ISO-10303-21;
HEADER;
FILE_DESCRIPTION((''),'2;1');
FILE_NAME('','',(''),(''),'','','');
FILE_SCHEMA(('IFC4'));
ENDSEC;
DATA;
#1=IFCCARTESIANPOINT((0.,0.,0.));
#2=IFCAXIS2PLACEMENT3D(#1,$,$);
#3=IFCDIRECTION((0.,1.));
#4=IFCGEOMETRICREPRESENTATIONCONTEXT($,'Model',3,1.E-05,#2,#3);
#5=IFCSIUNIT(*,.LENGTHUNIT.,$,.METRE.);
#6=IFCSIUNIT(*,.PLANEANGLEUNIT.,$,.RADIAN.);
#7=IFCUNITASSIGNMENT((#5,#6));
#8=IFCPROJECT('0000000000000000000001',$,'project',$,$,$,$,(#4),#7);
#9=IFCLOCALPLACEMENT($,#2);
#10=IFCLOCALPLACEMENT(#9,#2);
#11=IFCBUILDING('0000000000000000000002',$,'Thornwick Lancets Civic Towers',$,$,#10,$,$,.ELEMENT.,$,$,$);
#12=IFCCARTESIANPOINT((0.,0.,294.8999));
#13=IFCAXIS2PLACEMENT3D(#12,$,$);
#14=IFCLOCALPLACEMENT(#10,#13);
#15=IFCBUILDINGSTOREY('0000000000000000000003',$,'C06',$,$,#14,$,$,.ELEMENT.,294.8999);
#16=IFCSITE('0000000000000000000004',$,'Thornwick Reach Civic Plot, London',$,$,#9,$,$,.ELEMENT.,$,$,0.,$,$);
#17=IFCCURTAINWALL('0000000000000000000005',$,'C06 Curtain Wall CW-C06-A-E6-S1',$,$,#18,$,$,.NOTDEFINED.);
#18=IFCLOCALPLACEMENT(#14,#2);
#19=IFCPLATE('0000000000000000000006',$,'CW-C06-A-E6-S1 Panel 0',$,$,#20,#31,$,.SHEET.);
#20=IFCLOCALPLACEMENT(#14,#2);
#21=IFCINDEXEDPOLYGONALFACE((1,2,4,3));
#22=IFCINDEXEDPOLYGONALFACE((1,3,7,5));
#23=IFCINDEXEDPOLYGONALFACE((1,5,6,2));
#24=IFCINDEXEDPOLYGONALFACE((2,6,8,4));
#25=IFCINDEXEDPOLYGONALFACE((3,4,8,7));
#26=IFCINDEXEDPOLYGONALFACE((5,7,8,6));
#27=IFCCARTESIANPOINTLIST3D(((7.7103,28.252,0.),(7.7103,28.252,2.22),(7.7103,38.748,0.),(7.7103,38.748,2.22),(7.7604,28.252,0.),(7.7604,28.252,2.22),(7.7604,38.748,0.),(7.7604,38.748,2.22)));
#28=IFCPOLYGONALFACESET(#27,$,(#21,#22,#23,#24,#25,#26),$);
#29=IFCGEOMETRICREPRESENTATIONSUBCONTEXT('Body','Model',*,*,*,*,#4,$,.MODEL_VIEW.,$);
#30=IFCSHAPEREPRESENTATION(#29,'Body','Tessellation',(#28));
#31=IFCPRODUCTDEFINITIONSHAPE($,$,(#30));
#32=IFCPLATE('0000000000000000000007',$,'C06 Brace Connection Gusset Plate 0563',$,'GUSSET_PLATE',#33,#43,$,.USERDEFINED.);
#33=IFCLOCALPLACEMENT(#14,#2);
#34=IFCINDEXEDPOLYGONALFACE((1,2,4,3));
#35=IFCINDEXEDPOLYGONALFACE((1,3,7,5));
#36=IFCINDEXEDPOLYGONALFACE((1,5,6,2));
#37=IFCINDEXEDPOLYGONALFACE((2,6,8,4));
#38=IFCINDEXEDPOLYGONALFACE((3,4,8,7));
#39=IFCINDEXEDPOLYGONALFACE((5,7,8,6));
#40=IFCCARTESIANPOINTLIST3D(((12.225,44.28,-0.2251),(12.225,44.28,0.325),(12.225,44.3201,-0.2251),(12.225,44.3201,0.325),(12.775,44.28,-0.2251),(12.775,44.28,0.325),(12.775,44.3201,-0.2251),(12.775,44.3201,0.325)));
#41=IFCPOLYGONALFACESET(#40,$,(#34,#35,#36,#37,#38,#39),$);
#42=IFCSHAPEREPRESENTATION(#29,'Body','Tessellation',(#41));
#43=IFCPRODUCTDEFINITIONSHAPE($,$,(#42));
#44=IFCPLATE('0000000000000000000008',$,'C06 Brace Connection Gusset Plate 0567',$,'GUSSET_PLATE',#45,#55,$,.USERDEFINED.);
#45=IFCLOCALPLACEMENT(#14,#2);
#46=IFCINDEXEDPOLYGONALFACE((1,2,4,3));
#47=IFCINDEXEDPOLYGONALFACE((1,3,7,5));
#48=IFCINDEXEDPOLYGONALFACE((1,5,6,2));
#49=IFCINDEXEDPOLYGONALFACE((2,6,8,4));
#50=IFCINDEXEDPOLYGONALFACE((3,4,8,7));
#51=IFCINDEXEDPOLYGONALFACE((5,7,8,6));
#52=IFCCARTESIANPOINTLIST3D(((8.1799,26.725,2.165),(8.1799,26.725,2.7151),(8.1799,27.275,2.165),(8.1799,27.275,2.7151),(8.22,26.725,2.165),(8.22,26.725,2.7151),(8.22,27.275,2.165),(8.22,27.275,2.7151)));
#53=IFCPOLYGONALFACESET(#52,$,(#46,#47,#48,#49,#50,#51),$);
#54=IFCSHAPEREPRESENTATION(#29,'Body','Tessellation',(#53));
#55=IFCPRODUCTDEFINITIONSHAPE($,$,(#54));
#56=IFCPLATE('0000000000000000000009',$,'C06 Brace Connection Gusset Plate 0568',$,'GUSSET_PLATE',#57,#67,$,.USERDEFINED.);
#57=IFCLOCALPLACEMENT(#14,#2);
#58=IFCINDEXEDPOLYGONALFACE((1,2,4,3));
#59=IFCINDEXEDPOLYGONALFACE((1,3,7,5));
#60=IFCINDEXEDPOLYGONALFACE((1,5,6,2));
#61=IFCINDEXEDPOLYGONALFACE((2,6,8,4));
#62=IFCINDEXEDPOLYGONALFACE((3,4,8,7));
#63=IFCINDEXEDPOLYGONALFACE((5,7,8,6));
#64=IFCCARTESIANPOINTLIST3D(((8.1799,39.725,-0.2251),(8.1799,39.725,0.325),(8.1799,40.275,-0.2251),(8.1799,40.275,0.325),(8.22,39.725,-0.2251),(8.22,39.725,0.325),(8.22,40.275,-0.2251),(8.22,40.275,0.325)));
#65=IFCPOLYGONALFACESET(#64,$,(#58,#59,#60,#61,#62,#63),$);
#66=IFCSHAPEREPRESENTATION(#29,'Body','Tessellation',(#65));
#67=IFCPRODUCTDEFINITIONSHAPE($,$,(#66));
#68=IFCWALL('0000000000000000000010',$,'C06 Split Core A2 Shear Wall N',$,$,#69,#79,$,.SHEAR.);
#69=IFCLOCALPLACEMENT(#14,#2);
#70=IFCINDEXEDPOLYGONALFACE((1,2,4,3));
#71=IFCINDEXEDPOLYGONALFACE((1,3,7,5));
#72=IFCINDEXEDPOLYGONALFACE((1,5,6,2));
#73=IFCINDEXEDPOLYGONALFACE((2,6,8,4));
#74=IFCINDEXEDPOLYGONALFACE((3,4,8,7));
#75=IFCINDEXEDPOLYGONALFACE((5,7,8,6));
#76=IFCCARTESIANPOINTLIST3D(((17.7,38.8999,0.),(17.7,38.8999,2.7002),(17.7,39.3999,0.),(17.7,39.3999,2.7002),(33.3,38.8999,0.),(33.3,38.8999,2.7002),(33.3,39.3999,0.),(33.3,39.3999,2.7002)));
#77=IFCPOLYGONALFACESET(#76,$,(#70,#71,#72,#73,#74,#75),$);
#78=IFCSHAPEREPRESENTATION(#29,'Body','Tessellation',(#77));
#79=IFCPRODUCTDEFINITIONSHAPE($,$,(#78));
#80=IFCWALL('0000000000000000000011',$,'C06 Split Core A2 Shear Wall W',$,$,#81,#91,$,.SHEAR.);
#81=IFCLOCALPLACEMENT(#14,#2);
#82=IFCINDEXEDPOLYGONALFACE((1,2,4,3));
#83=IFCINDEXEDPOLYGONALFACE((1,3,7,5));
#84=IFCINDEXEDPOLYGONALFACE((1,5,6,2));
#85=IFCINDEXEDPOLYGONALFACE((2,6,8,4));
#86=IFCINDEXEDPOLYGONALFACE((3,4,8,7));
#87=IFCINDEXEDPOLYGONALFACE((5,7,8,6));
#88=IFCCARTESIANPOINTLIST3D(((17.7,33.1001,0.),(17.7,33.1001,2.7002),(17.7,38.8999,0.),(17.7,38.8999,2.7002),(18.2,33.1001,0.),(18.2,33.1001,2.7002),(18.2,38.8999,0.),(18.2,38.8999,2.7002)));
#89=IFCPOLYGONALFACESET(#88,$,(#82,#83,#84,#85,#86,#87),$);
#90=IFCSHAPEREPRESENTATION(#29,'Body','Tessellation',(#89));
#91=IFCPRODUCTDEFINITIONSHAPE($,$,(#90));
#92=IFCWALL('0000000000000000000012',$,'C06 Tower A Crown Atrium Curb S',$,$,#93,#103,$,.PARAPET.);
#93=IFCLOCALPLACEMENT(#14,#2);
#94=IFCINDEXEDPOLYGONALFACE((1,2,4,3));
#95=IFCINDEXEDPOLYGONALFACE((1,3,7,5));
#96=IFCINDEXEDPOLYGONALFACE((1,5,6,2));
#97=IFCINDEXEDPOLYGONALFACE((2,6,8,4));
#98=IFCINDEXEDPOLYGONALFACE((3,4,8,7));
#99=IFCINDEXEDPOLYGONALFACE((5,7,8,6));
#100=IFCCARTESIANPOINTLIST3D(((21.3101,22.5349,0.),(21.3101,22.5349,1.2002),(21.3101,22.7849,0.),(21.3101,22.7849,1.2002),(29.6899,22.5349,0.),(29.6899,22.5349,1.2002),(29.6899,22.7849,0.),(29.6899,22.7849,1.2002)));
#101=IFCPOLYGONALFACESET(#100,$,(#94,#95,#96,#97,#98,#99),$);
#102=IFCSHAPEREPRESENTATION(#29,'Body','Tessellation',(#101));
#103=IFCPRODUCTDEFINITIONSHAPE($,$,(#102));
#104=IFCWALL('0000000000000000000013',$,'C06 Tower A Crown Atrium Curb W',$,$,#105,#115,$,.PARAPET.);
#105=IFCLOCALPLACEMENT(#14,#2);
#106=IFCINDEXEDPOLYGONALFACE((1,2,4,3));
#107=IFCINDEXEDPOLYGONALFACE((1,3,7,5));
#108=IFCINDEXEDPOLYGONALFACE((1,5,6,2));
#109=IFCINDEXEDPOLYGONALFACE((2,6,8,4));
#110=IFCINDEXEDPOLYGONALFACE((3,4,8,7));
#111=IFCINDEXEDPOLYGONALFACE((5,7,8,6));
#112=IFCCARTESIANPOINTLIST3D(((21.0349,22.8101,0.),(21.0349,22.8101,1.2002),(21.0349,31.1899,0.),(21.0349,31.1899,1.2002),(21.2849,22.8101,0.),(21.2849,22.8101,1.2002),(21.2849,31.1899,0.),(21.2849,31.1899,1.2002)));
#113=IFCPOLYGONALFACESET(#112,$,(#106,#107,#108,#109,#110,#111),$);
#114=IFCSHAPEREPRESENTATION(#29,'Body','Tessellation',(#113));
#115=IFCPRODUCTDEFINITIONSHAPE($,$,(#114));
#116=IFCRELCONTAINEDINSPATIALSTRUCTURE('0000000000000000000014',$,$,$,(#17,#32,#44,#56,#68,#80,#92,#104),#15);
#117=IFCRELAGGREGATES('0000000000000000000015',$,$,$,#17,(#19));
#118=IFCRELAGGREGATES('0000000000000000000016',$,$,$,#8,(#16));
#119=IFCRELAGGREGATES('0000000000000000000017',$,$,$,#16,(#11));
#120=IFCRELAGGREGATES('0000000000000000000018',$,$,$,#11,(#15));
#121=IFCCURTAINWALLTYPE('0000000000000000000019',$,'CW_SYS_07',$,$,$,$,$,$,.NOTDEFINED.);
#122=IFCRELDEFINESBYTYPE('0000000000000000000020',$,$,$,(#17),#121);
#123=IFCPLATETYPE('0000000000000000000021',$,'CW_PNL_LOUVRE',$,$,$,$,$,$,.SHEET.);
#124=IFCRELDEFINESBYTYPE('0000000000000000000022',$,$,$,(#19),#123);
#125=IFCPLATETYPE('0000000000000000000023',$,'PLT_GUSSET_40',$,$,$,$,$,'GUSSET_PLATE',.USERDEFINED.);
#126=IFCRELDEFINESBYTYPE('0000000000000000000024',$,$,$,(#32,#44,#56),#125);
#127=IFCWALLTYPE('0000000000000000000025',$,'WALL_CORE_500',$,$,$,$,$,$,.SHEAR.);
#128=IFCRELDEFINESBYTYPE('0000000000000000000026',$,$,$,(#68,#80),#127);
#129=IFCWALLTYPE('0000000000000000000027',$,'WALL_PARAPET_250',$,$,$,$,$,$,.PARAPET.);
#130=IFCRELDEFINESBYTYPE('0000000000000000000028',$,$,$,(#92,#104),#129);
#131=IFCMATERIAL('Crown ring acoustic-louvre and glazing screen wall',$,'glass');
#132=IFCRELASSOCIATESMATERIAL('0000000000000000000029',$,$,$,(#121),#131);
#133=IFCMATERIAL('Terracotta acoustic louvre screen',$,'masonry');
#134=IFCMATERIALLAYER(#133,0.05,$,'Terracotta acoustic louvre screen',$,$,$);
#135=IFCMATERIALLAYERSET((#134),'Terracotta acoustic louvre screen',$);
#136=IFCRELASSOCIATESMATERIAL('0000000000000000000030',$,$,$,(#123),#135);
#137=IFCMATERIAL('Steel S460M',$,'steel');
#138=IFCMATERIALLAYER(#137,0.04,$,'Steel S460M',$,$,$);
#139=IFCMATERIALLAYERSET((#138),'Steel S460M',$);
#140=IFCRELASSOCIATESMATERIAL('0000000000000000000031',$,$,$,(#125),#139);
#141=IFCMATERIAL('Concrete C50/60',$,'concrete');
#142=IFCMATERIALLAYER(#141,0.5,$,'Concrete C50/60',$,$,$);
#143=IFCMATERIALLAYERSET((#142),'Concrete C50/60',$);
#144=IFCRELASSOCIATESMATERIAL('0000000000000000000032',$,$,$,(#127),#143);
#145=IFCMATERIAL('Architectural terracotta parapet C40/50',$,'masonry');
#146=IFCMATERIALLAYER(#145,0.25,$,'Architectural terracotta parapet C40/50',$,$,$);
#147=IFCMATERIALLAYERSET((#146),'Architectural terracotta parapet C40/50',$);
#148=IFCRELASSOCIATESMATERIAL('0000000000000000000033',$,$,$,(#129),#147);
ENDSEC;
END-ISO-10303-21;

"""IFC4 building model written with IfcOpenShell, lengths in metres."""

from ifc_helpers import new_model, si_unit, direction, frame, frame_2d, origin, origin_2d, place, context, subcontext, project, spatial, rectangle, extrude, material, layer, layer_set, type_object, element, aggregate, save


model = new_model("IFC4")

# Units and contexts
model_context = context("Model", 3, precision=1e-05, world=origin(), true_north=direction((0.0, 1.0)))
body_context = subcontext(model_context, "Body", "Model", "MODEL_VIEW")
ifc_project = project(units=[si_unit("LENGTHUNIT", "METRE"), si_unit("PLANEANGLEUNIT", "RADIAN")], contexts=[model_context])

# Site, building, storey
site_placement = place(None, origin())
site = spatial("IfcSite", under=ifc_project, at=site_placement, Name="Thornwick Reach Civic Plot, London", CompositionType="ELEMENT", RefElevation=0.0)
building_placement = place(site_placement, origin())
building = spatial("IfcBuilding", under=site, at=building_placement, Name="Thornwick Lancets Civic Towers", CompositionType="ELEMENT")
storey_placement = place(building_placement, frame((0.0, 0.0, 294.8999)))
storey = spatial("IfcBuildingStorey", under=building, at=storey_placement, Name="C06", CompositionType="ELEMENT", Elevation=294.8999)

# Curtain wall
ifc_material_1 = material(Name="Crown ring acoustic-louvre and glazing screen wall", Category="glass")
curtain_wall_type = type_object("IfcCurtainWallType", Name="CW_SYS_07", PredefinedType="NOTDEFINED", material=ifc_material_1)
curtain_wall_1_placement = place(storey_placement, origin())
curtain_wall_1 = element("IfcCurtainWall", 1, at=curtain_wall_1_placement, inside=storey, type_object=curtain_wall_type, Name="C06 Curtain Wall CW-C06-A-E6-S1", PredefinedType="NOTDEFINED")

# Plate
ifc_material_2 = material(Name="Terracotta acoustic louvre screen", Category="masonry")
ifc_layer_1 = layer(ifc_material_2, 0.05, Name="Terracotta acoustic louvre screen")
ifc_layer_set_1 = layer_set([ifc_layer_1], Name="Terracotta acoustic louvre screen")
plate_type_1 = type_object("IfcPlateType", Name="CW_PNL_LOUVRE", PredefinedType="SHEET", material=ifc_layer_set_1)
plate_1_placement = place(storey_placement, frame((7.7354, 33.5, 0.0), z_axis=(0.0, 0.0, 1.0), x_axis=(0.0, -1.0, 0.0)))
plate_1 = element("IfcPlate", 2, at=plate_1_placement, type_object=plate_type_1, Name="CW-C06-A-E6-S1 Panel 0", PredefinedType="SHEET", context=body_context, shape_type="SweptSolid", body=[
    extrude(rectangle(XDim=10.4961, YDim=0.05, at=origin_2d()), origin(), (0.0, 0.0, 1.0), 2.22),
])
aggregate(curtain_wall_1, [plate_1])

# Plates
ifc_material_3 = material(Name="Steel S460M", Category="steel")
ifc_layer_2 = layer(ifc_material_3, 0.04, Name="Steel S460M")
ifc_layer_set_2 = layer_set([ifc_layer_2], Name="Steel S460M")
plate_type_2 = type_object("IfcPlateType", Name="PLT_GUSSET_40", ElementType="GUSSET_PLATE", PredefinedType="USERDEFINED", material=ifc_layer_set_2)
for number, where, z_axis, x_axis, name in (
    (3, (12.5, 44.3, -0.2251), (0.0, 0.0, 1.0), (1.0, 0.0, 0.0), "C06 Brace Connection Gusset Plate 0563"),
    (4, (8.2, 27.0, 2.165), (0.0, 0.0, 1.0), (0.0, 1.0, 0.0), "C06 Brace Connection Gusset Plate 0567"),
    (5, (8.2, 40.0, -0.2251), (0.0, 0.0, 1.0), (0.0, -1.0, 0.0), "C06 Brace Connection Gusset Plate 0568"),
):
    element("IfcPlate", number, at=place(storey_placement, frame(where, z_axis=z_axis, x_axis=x_axis)), inside=storey, type_object=plate_type_2, Name=name, ObjectType="GUSSET_PLATE", PredefinedType="USERDEFINED", context=body_context, shape_type="SweptSolid", body=[
        extrude(rectangle(XDim=0.55, YDim=0.04, at=origin_2d()), origin(), (0.0, 0.0, 1.0), 0.55),
    ])

# Walls
ifc_material_4 = material(Name="Concrete C50/60", Category="concrete")
ifc_layer_3 = layer(ifc_material_4, 0.5, Name="Concrete C50/60")
ifc_layer_set_3 = layer_set([ifc_layer_3], Name="Concrete C50/60")
wall_type_1 = type_object("IfcWallType", Name="WALL_CORE_500", PredefinedType="SHEAR", material=ifc_layer_set_3)
wall_1_placement = place(storey_placement, frame((17.7, 39.1499, 0.0), z_axis=(0.0, 0.0, 1.0), x_axis=(1.0, 0.0, 0.0)))
element("IfcWall", 6, at=wall_1_placement, inside=storey, type_object=wall_type_1, Name="C06 Split Core A2 Shear Wall N", PredefinedType="SHEAR", context=body_context, shape_type="SweptSolid", body=[
    extrude(rectangle(XDim=15.6001, YDim=0.5, at=frame_2d((7.8, 0.0))), origin(), (0.0, 0.0, 1.0), 2.7002),
])
wall_2_placement = place(storey_placement, frame((17.95, 33.1001, 0.0), z_axis=(0.0, 0.0, 1.0), x_axis=(0.0, 1.0, 0.0)))
element("IfcWall", 7, at=wall_2_placement, inside=storey, type_object=wall_type_1, Name="C06 Split Core A2 Shear Wall W", PredefinedType="SHEAR", context=body_context, shape_type="SweptSolid", body=[
    extrude(rectangle(XDim=5.7998, YDim=0.5, at=frame_2d((2.8999, 0.0))), origin(), (0.0, 0.0, 1.0), 2.7002),
])
ifc_material_5 = material(Name="Architectural terracotta parapet C40/50", Category="masonry")
ifc_layer_4 = layer(ifc_material_5, 0.25, Name="Architectural terracotta parapet C40/50")
ifc_layer_set_4 = layer_set([ifc_layer_4], Name="Architectural terracotta parapet C40/50")
wall_type_2 = type_object("IfcWallType", Name="WALL_PARAPET_250", PredefinedType="PARAPET", material=ifc_layer_set_4)
for number, where, z_axis, x_axis, name in (
    (8, (21.3101, 22.6599, 0.0), (0.0, 0.0, 1.0), (1.0, 0.0, 0.0), "C06 Tower A Crown Atrium Curb S"),
    (9, (21.1599, 31.1899, 0.0), (0.0, 0.0, 1.0), (0.0, -1.0, 0.0), "C06 Tower A Crown Atrium Curb W"),
):
    element("IfcWall", number, at=place(storey_placement, frame(where, z_axis=z_axis, x_axis=x_axis)), inside=storey, type_object=wall_type_2, Name=name, PredefinedType="PARAPET", context=body_context, shape_type="SweptSolid", body=[
        extrude(rectangle(XDim=8.3799, YDim=0.25, at=frame_2d((4.1899, 0.0))), origin(), (0.0, 0.0, 1.0), 1.2002),
    ])

save(model, "model.ifc")
